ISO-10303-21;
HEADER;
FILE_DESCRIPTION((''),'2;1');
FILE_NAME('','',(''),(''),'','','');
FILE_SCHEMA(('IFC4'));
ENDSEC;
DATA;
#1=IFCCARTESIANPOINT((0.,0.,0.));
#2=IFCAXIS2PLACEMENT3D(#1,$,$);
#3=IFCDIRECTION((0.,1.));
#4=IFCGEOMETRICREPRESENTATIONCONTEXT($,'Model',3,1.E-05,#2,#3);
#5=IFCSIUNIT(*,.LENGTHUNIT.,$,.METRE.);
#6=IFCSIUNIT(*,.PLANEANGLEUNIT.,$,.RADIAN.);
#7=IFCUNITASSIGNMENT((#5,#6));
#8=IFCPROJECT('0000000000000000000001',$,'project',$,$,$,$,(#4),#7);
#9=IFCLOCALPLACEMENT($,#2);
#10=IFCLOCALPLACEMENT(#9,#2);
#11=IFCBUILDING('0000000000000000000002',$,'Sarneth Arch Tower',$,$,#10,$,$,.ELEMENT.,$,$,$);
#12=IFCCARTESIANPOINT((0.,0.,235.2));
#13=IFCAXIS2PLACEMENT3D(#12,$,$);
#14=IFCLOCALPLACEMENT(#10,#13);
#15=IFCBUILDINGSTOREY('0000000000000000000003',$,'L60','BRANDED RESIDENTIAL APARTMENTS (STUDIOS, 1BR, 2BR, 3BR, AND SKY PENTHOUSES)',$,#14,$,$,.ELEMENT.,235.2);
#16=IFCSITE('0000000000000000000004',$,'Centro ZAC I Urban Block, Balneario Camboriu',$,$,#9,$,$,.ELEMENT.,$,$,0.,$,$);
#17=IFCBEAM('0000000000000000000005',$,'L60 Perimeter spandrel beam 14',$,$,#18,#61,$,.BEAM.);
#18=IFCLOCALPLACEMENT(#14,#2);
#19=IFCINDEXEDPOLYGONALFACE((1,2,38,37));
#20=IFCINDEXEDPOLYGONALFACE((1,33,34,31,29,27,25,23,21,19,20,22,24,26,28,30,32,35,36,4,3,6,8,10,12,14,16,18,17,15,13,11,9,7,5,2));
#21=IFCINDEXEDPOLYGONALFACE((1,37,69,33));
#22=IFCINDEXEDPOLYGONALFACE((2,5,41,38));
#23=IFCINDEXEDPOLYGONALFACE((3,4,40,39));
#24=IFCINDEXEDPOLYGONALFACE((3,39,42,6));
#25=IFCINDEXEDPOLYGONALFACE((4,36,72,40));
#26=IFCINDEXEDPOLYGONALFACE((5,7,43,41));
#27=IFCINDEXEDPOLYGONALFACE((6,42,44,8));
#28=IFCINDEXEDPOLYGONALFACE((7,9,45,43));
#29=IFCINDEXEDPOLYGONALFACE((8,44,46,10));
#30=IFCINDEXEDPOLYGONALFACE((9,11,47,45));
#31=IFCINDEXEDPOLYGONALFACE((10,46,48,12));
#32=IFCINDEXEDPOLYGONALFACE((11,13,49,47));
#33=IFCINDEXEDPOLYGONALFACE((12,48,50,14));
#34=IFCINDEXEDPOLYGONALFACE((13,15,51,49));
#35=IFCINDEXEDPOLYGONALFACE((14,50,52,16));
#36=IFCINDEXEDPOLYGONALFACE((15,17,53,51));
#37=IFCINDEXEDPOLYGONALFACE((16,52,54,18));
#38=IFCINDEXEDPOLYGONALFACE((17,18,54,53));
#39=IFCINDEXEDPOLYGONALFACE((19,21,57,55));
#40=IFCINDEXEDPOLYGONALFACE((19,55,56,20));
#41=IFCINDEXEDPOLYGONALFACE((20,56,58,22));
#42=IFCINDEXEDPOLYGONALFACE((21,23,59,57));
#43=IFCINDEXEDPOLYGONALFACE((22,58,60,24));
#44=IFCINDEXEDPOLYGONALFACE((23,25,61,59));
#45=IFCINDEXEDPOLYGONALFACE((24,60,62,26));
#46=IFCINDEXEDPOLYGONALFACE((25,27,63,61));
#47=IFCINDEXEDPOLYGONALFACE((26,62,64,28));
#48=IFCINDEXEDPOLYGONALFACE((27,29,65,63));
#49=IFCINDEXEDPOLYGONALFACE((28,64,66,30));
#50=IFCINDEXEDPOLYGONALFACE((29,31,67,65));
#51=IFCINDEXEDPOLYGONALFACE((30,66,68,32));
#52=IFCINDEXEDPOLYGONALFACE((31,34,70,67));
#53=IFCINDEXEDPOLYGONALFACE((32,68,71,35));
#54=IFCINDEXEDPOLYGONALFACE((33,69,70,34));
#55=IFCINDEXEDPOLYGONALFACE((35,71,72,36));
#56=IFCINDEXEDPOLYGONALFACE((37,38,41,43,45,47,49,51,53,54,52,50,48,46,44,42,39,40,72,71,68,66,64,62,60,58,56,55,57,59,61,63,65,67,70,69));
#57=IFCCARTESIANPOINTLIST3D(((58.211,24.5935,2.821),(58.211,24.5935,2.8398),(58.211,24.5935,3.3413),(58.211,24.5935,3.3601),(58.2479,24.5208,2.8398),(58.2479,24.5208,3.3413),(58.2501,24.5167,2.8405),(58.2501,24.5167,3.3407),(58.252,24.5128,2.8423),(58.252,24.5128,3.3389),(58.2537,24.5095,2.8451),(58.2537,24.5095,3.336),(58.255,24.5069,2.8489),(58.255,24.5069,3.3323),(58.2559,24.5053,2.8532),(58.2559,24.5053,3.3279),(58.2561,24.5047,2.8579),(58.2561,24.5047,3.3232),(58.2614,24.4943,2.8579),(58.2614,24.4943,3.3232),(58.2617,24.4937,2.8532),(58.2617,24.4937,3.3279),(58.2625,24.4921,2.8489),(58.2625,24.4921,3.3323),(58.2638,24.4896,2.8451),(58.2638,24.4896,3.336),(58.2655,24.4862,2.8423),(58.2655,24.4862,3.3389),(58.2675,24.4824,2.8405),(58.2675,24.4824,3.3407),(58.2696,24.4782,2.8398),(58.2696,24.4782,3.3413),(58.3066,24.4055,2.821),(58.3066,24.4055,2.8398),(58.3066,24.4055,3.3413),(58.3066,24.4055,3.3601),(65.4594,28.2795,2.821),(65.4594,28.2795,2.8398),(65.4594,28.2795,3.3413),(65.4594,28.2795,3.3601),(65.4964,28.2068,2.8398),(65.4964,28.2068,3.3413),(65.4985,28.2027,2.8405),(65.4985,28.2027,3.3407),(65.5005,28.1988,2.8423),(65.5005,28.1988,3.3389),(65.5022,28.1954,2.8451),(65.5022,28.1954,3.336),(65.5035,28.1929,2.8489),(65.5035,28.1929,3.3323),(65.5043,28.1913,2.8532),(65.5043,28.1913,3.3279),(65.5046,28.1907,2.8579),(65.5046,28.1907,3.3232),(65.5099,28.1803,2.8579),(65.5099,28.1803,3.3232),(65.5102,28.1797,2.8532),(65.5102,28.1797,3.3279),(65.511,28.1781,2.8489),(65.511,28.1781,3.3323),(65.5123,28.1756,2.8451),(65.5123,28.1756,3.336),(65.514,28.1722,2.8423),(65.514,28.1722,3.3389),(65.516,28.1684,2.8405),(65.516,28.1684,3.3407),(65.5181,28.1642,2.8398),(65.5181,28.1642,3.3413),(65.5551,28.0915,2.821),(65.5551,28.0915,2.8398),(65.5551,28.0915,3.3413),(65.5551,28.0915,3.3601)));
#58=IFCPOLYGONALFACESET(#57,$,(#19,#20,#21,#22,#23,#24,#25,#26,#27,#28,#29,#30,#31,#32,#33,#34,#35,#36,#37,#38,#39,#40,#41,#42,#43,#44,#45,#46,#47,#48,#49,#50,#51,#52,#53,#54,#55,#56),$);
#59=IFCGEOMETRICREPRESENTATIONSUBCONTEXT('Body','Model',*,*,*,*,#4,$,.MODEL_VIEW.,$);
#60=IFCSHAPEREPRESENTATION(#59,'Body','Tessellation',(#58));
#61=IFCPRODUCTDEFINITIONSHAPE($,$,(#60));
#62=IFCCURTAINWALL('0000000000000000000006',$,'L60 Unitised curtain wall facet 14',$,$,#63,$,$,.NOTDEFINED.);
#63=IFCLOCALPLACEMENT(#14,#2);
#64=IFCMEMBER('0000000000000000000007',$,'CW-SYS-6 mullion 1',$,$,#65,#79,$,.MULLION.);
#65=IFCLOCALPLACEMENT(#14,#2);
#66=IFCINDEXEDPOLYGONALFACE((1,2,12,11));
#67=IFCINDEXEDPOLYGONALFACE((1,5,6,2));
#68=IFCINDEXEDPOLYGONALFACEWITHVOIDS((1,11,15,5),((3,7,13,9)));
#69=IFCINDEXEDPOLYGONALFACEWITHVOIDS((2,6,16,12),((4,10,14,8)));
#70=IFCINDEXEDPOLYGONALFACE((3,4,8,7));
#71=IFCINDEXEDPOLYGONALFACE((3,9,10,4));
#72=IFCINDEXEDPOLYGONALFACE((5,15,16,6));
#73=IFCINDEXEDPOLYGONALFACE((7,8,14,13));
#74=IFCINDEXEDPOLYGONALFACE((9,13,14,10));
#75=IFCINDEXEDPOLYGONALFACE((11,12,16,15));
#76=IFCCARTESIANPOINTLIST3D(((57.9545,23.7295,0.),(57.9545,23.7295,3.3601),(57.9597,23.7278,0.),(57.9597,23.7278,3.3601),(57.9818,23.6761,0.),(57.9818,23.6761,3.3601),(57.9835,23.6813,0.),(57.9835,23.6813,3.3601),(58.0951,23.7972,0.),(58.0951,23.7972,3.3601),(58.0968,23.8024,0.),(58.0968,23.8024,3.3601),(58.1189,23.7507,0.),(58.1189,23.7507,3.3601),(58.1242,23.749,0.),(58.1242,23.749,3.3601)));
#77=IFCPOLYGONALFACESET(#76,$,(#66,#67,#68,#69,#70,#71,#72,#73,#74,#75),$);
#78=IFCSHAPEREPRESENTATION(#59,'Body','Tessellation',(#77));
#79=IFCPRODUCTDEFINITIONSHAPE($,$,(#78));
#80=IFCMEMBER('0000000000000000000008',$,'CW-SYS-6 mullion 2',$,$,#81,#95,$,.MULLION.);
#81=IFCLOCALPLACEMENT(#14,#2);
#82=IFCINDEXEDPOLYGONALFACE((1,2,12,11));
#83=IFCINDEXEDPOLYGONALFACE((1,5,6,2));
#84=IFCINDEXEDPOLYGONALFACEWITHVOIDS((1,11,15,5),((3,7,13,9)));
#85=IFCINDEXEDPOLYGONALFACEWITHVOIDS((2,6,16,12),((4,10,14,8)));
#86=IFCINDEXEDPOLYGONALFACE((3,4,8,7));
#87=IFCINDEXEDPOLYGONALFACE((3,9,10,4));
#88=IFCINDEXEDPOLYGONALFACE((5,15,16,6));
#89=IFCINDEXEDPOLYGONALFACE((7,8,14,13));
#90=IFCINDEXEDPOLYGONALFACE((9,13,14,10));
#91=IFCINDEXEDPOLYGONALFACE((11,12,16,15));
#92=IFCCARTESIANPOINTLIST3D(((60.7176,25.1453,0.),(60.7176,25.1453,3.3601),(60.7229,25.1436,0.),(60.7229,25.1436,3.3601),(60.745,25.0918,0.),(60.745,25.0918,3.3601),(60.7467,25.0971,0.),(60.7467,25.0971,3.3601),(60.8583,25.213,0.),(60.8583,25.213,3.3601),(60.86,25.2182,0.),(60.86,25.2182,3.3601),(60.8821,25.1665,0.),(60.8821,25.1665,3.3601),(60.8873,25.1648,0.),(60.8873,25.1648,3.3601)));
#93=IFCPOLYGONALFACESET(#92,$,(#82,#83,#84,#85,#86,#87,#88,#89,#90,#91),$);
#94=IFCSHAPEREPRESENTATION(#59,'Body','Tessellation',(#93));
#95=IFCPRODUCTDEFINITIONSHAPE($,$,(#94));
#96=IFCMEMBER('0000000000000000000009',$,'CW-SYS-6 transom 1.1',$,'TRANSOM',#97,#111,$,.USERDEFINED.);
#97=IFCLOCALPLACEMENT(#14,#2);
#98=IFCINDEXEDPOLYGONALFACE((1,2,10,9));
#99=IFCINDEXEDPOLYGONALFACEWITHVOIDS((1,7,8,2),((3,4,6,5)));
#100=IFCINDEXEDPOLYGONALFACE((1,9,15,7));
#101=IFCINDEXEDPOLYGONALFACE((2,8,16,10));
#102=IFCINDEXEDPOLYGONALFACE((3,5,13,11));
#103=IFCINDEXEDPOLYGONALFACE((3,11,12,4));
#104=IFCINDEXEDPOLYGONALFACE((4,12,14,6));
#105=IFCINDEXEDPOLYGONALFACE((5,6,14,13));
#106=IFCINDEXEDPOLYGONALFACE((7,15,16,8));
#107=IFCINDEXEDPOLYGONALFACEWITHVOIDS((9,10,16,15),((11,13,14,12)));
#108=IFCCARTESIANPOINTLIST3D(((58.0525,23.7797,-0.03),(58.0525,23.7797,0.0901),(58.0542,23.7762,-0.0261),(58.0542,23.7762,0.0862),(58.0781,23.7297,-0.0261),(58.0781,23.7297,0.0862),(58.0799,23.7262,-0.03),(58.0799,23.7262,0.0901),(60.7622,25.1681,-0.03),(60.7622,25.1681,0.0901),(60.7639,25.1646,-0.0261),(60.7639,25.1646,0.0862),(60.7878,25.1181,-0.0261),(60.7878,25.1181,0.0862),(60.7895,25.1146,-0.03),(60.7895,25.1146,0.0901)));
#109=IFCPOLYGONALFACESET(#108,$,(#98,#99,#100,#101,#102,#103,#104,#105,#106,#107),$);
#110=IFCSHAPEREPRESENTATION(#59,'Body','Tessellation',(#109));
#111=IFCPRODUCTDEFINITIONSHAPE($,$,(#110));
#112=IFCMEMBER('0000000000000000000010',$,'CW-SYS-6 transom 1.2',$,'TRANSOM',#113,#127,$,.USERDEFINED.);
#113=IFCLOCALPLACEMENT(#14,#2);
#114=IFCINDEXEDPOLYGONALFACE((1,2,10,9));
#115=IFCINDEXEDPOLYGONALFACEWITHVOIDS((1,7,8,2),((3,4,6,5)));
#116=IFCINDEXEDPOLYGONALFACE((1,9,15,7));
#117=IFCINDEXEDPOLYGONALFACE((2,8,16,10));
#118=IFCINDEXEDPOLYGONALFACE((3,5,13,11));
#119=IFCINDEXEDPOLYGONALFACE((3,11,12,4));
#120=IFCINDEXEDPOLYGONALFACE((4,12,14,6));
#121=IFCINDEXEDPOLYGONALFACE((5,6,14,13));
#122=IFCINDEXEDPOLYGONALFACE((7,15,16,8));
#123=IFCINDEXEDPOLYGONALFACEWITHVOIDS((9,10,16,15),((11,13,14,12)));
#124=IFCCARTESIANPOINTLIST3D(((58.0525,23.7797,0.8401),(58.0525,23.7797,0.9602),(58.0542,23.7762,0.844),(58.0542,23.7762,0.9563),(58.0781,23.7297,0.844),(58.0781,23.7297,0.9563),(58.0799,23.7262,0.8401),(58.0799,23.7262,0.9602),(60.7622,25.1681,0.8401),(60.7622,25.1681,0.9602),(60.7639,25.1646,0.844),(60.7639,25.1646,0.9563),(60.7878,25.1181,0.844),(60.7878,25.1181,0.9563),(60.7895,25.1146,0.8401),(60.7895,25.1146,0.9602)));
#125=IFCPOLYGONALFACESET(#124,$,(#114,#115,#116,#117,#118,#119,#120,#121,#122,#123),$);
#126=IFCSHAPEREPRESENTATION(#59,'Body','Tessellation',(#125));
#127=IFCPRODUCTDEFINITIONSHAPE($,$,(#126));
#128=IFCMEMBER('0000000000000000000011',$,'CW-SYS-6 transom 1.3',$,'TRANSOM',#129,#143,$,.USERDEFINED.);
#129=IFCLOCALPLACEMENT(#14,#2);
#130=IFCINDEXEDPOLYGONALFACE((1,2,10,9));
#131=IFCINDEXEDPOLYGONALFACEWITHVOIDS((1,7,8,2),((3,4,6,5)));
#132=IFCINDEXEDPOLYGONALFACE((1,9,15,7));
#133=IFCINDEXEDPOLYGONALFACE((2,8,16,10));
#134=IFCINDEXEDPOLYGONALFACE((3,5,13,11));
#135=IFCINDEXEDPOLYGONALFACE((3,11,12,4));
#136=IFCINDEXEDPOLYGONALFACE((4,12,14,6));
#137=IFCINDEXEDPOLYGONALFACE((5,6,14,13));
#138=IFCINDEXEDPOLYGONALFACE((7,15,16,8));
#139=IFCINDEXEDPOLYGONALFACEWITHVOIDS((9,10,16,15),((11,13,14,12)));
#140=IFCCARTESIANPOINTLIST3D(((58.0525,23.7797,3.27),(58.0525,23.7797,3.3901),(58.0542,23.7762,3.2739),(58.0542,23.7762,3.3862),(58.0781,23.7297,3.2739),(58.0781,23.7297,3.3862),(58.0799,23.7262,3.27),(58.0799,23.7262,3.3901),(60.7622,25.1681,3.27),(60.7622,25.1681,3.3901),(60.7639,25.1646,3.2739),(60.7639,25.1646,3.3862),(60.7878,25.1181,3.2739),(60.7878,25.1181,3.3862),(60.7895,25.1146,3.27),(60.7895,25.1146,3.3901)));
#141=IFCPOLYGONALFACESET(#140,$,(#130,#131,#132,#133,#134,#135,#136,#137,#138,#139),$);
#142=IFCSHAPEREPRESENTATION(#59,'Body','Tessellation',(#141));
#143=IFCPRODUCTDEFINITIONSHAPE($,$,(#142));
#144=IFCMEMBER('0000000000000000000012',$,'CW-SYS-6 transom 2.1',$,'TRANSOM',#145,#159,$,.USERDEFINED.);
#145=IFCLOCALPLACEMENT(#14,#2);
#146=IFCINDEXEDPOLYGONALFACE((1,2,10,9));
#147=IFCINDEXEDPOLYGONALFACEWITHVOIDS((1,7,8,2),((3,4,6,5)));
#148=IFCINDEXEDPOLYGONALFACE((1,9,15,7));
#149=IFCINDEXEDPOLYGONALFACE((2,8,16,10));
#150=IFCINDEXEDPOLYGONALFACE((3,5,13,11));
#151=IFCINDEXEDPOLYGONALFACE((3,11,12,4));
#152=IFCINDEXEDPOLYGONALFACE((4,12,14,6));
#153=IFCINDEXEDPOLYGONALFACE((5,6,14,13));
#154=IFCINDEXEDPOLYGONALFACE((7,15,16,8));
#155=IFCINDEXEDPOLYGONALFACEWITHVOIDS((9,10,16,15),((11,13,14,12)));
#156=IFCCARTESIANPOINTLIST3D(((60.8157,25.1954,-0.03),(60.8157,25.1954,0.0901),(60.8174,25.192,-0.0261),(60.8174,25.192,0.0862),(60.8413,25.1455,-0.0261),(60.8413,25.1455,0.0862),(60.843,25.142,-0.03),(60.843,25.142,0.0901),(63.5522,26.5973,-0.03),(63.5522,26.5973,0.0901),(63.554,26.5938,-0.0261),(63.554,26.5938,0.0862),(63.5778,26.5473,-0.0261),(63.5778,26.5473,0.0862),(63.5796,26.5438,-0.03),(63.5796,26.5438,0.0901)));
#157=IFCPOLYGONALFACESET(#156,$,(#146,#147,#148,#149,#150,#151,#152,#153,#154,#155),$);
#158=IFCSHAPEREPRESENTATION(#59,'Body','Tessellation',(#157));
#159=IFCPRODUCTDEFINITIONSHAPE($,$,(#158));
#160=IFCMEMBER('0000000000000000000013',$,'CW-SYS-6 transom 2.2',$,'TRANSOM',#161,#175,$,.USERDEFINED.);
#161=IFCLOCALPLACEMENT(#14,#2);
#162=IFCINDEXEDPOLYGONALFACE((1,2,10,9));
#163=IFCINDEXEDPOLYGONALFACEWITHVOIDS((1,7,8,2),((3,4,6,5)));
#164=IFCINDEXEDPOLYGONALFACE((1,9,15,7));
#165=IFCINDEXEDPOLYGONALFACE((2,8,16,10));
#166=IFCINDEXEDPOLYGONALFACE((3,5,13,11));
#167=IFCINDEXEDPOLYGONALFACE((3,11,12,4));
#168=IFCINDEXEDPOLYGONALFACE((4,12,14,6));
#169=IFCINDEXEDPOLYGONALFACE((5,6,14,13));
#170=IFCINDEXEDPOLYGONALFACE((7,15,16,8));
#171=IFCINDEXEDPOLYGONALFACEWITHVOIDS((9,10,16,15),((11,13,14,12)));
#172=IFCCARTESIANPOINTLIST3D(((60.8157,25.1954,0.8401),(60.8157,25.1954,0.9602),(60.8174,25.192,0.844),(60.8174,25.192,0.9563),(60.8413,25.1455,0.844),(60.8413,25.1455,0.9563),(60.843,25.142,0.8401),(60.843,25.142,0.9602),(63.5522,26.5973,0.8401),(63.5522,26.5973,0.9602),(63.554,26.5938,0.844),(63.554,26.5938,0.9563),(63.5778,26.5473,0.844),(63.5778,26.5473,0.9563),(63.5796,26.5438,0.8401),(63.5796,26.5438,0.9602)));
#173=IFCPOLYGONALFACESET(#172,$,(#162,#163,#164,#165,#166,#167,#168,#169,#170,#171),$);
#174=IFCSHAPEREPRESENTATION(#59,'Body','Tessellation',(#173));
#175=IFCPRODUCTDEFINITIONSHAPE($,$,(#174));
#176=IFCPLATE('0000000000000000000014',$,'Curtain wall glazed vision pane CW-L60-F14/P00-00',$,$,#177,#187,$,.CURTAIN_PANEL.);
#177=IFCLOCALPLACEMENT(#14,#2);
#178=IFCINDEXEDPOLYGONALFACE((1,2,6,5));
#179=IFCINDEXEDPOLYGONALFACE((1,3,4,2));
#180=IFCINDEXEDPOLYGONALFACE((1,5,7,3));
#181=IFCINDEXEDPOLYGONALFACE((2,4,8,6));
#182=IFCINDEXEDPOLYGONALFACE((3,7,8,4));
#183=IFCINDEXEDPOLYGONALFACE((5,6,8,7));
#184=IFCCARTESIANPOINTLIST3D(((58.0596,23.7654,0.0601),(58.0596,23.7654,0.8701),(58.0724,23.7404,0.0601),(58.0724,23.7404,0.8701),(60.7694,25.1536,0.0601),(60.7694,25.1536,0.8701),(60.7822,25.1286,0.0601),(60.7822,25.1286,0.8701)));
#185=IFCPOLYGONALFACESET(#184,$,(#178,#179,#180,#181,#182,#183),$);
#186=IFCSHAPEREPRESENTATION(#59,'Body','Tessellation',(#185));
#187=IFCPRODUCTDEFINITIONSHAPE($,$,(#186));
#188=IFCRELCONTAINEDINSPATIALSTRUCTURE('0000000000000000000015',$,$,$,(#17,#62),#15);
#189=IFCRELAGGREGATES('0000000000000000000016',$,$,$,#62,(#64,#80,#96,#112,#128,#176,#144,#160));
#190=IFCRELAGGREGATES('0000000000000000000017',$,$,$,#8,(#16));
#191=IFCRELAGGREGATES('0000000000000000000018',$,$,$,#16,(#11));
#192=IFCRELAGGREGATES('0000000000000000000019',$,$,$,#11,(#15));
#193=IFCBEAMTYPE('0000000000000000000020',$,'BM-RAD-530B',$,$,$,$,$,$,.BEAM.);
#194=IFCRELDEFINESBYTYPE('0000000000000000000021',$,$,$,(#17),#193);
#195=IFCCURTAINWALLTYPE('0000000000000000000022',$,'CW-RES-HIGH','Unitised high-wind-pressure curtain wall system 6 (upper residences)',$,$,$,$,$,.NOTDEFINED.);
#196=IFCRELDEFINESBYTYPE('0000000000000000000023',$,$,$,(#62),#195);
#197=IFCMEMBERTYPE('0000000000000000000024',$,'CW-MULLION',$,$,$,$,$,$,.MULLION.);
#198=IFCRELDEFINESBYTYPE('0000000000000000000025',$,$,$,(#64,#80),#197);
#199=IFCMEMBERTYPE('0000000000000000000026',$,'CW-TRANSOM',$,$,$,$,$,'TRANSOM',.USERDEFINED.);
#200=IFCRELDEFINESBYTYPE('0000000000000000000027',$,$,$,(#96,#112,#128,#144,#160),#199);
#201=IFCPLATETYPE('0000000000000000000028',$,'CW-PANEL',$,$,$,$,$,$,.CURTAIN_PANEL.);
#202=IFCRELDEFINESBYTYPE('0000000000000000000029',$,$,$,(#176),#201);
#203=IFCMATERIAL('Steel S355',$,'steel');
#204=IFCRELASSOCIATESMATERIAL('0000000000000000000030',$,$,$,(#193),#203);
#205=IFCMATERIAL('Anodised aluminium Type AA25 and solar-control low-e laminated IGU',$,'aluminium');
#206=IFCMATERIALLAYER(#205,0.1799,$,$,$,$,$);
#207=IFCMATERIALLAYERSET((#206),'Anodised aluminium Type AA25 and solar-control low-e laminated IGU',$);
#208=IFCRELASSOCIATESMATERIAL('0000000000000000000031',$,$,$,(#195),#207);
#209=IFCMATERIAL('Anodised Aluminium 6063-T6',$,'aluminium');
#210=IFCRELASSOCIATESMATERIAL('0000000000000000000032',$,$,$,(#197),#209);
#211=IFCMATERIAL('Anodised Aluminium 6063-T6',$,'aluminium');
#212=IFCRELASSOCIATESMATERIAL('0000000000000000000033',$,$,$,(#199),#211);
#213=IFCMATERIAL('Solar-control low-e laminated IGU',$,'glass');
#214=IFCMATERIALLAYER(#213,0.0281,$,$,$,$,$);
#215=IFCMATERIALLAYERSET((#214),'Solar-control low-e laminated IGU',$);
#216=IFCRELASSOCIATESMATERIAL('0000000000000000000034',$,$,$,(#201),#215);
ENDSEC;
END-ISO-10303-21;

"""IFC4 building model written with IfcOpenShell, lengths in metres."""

from ifc_helpers import new_model, si_unit, direction, frame, origin, origin_2d, place, context, subcontext, project, spatial, rectangle, hollow_rectangle, i_section, extrude, material, layer, layer_set, material_profile, profile_set, type_object, element, aggregate, save


model = new_model("IFC4")

# Units and contexts
model_context = context("Model", 3, precision=1e-05, world=origin(), true_north=direction((0.0, 1.0)))
body_context = subcontext(model_context, "Body", "Model", "MODEL_VIEW")
ifc_project = project(units=[si_unit("LENGTHUNIT", "METRE"), si_unit("PLANEANGLEUNIT", "RADIAN")], contexts=[model_context])

# Site, building, storey
site_placement = place(None, origin())
site = spatial("IfcSite", under=ifc_project, at=site_placement, Name="Centro ZAC I Urban Block, Balneario Camboriu", CompositionType="ELEMENT", RefElevation=0.0)
building_placement = place(site_placement, origin())
building = spatial("IfcBuilding", under=site, at=building_placement, Name="Sarneth Arch Tower", CompositionType="ELEMENT")
storey_placement = place(building_placement, frame((0.0, 0.0, 235.2)))
storey = spatial("IfcBuildingStorey", under=building, at=storey_placement, Name="L60", Description="BRANDED RESIDENTIAL APARTMENTS (STUDIOS, 1BR, 2BR, 3BR, AND SKY PENTHOUSES)", CompositionType="ELEMENT", Elevation=235.2)

# Beam
ifc_material_1 = material(Name="Steel S355", Category="steel")
ifc_material_profile_1 = material_profile(ifc_material_1, i_section(OverallWidth=0.2109, OverallDepth=0.5391, WebThickness=0.0117, FlangeThickness=0.0188, FilletRadius=0.0181, at=origin_2d()), Name="W530x109")
ifc_profile_set_1 = profile_set([ifc_material_profile_1], Name="Steel S355")
beam_type_1 = type_object("IfcBeamType", Name="BM-RAD-530B", PredefinedType="BEAM", material=ifc_profile_set_1)
beam_1_placement = place(storey_placement, frame((58.2588, 24.4995, 3.0906), z_axis=(0.891368, 0.45328, 0.0), x_axis=(-0.45328, 0.891368, 0.0)))
element("IfcBeam", 1, at=beam_1_placement, inside=storey, type_object=beam_type_1, Name="L60 Perimeter spandrel beam 14", PredefinedType="BEAM", context=body_context, shape_type="SweptSolid", body=[
    extrude(i_section(OverallWidth=0.2109, OverallDepth=0.5391, WebThickness=0.0117, FlangeThickness=0.0188, FilletRadius=0.0181, at=origin_2d()), origin(), (0.0, 0.0, 1.0), 8.1318),
])

# Curtain wall, members, plate
ifc_material_2 = material(Name="Anodised aluminium Type AA25 and solar-control low-e laminated IGU", Category="aluminium")
ifc_layer_1 = layer(ifc_material_2, 0.1799)
ifc_layer_set_1 = layer_set([ifc_layer_1], Name="Anodised aluminium Type AA25 and solar-control low-e laminated IGU")
curtain_wall_type = type_object("IfcCurtainWallType", Name="CW-RES-HIGH", Description="Unitised high-wind-pressure curtain wall system 6 (upper residences)", PredefinedType="NOTDEFINED", material=ifc_layer_set_1)
curtain_wall_placement = place(storey_placement, origin())
curtain_wall = element("IfcCurtainWall", 2, at=curtain_wall_placement, inside=storey, type_object=curtain_wall_type, Name="L60 Unitised curtain wall facet 14", PredefinedType="NOTDEFINED")
ifc_material_3 = material(Name="Anodised Aluminium 6063-T6", Category="aluminium")
ifc_material_profile_2 = material_profile(ifc_material_3, hollow_rectangle(XDim=0.0601, YDim=0.1599, WallThickness=0.0039, at=origin_2d()), Name="AL-MULL-160x60x4")
ifc_profile_set_2 = profile_set([ifc_material_profile_2], Name="Anodised Aluminium 6063-T6")
member_type_1 = type_object("IfcMemberType", Name="CW-MULLION", PredefinedType="MULLION", material=ifc_profile_set_2)
member_1_placement = place(storey_placement, frame((58.0393, 23.7393, 0.0), z_axis=(0.0, 0.0, 1.0), x_axis=(-0.455942, 0.89001, 0.0)))
member_1 = element("IfcMember", 3, at=member_1_placement, type_object=member_type_1, Name="CW-SYS-6 mullion 1", PredefinedType="MULLION", context=body_context, shape_type="SweptSolid", body=[
    extrude(hollow_rectangle(XDim=0.0601, YDim=0.1599, WallThickness=0.0039, at=origin_2d()), origin(), (0.0, 0.0, 1.0), 3.3601),
])
member_2_placement = place(storey_placement, frame((60.8025, 25.155, 0.0), z_axis=(0.0, 0.0, 1.0), x_axis=(-0.455942, 0.89001, 0.0)))
member_2 = element("IfcMember", 4, at=member_2_placement, type_object=member_type_1, Name="CW-SYS-6 mullion 2", PredefinedType="MULLION", context=body_context, shape_type="SweptSolid", body=[
    extrude(hollow_rectangle(XDim=0.0601, YDim=0.1599, WallThickness=0.0039, at=origin_2d()), origin(), (0.0, 0.0, 1.0), 3.3601),
])
ifc_material_4 = material(Name="Anodised Aluminium 6063-T6", Category="aluminium")
ifc_material_profile_3 = material_profile(ifc_material_4, hollow_rectangle(XDim=0.0601, YDim=0.1201, WallThickness=0.0039, at=origin_2d()), Name="AL-TRAN-120x60x4")
ifc_profile_set_3 = profile_set([ifc_material_profile_3], Name="Anodised Aluminium 6063-T6")
member_type_2 = type_object("IfcMemberType", Name="CW-TRANSOM", ElementType="TRANSOM", PredefinedType="USERDEFINED", material=ifc_profile_set_3)
member_3_placement = place(storey_placement, frame((58.0662, 23.7529, 0.03), z_axis=(0.889974, 0.456012, 0.0), x_axis=(-0.456012, 0.889974, 0.0)))
member_3 = element("IfcMember", 5, at=member_3_placement, type_object=member_type_2, Name="CW-SYS-6 transom 1.1", ObjectType="TRANSOM", PredefinedType="USERDEFINED", context=body_context, shape_type="SweptSolid", body=[
    extrude(hollow_rectangle(XDim=0.0601, YDim=0.1201, WallThickness=0.0039, at=origin_2d()), origin(), (0.0, 0.0, 1.0), 3.0447),
])
member_4_placement = place(storey_placement, frame((58.0662, 23.7529, 0.9001), z_axis=(0.889974, 0.456012, 0.0), x_axis=(-0.456012, 0.889974, 0.0)))
member_4 = element("IfcMember", 6, at=member_4_placement, type_object=member_type_2, Name="CW-SYS-6 transom 1.2", ObjectType="TRANSOM", PredefinedType="USERDEFINED", context=body_context, shape_type="SweptSolid", body=[
    extrude(hollow_rectangle(XDim=0.0601, YDim=0.1201, WallThickness=0.0039, at=origin_2d()), origin(), (0.0, 0.0, 1.0), 3.0447),
])
member_5_placement = place(storey_placement, frame((58.0662, 23.7529, 3.3301), z_axis=(0.889974, 0.456012, 0.0), x_axis=(-0.456012, 0.889974, 0.0)))
member_5 = element("IfcMember", 7, at=member_5_placement, type_object=member_type_2, Name="CW-SYS-6 transom 1.3", ObjectType="TRANSOM", PredefinedType="USERDEFINED", context=body_context, shape_type="SweptSolid", body=[
    extrude(hollow_rectangle(XDim=0.0601, YDim=0.1201, WallThickness=0.0039, at=origin_2d()), origin(), (0.0, 0.0, 1.0), 3.0447),
])
member_6_placement = place(storey_placement, frame((60.8293, 25.1687, 0.03), z_axis=(0.890017, 0.455926, 0.0), x_axis=(-0.455926, 0.890017, 0.0)))
member_6 = element("IfcMember", 8, at=member_6_placement, type_object=member_type_2, Name="CW-SYS-6 transom 2.1", ObjectType="TRANSOM", PredefinedType="USERDEFINED", context=body_context, shape_type="SweptSolid", body=[
    extrude(hollow_rectangle(XDim=0.0601, YDim=0.1201, WallThickness=0.0039, at=origin_2d()), origin(), (0.0, 0.0, 1.0), 3.0747),
])
member_7_placement = place(storey_placement, frame((60.8293, 25.1687, 0.9001), z_axis=(0.890017, 0.455926, 0.0), x_axis=(-0.455926, 0.890017, 0.0)))
member_7 = element("IfcMember", 9, at=member_7_placement, type_object=member_type_2, Name="CW-SYS-6 transom 2.2", ObjectType="TRANSOM", PredefinedType="USERDEFINED", context=body_context, shape_type="SweptSolid", body=[
    extrude(hollow_rectangle(XDim=0.0601, YDim=0.1201, WallThickness=0.0039, at=origin_2d()), origin(), (0.0, 0.0, 1.0), 3.0747),
])
ifc_material_5 = material(Name="Solar-control low-e laminated IGU", Category="glass")
ifc_layer_2 = layer(ifc_material_5, 0.0281)
ifc_layer_set_2 = layer_set([ifc_layer_2], Name="Solar-control low-e laminated IGU")
plate_type_1 = type_object("IfcPlateType", Name="CW-PANEL", PredefinedType="CURTAIN_PANEL", material=ifc_layer_set_2)
plate_1_placement = place(storey_placement, frame((59.4209, 24.447, 0.0601), z_axis=(0.0, 0.0, 1.0), x_axis=(0.89001, 0.455942, 0.0)))
plate_1 = element("IfcPlate", 10, at=plate_1_placement, type_object=plate_type_1, Name="Curtain wall glazed vision pane CW-L60-F14/P00-00", PredefinedType="CURTAIN_PANEL", context=body_context, shape_type="SweptSolid", body=[
    extrude(rectangle(XDim=3.0447, YDim=0.0281, at=origin_2d()), origin(), (0.0, 0.0, 1.0), 0.8101),
])
aggregate(curtain_wall, [member_1, member_2, member_3, member_4, member_5, plate_1, member_6, member_7])

save(model, "model.ifc")
